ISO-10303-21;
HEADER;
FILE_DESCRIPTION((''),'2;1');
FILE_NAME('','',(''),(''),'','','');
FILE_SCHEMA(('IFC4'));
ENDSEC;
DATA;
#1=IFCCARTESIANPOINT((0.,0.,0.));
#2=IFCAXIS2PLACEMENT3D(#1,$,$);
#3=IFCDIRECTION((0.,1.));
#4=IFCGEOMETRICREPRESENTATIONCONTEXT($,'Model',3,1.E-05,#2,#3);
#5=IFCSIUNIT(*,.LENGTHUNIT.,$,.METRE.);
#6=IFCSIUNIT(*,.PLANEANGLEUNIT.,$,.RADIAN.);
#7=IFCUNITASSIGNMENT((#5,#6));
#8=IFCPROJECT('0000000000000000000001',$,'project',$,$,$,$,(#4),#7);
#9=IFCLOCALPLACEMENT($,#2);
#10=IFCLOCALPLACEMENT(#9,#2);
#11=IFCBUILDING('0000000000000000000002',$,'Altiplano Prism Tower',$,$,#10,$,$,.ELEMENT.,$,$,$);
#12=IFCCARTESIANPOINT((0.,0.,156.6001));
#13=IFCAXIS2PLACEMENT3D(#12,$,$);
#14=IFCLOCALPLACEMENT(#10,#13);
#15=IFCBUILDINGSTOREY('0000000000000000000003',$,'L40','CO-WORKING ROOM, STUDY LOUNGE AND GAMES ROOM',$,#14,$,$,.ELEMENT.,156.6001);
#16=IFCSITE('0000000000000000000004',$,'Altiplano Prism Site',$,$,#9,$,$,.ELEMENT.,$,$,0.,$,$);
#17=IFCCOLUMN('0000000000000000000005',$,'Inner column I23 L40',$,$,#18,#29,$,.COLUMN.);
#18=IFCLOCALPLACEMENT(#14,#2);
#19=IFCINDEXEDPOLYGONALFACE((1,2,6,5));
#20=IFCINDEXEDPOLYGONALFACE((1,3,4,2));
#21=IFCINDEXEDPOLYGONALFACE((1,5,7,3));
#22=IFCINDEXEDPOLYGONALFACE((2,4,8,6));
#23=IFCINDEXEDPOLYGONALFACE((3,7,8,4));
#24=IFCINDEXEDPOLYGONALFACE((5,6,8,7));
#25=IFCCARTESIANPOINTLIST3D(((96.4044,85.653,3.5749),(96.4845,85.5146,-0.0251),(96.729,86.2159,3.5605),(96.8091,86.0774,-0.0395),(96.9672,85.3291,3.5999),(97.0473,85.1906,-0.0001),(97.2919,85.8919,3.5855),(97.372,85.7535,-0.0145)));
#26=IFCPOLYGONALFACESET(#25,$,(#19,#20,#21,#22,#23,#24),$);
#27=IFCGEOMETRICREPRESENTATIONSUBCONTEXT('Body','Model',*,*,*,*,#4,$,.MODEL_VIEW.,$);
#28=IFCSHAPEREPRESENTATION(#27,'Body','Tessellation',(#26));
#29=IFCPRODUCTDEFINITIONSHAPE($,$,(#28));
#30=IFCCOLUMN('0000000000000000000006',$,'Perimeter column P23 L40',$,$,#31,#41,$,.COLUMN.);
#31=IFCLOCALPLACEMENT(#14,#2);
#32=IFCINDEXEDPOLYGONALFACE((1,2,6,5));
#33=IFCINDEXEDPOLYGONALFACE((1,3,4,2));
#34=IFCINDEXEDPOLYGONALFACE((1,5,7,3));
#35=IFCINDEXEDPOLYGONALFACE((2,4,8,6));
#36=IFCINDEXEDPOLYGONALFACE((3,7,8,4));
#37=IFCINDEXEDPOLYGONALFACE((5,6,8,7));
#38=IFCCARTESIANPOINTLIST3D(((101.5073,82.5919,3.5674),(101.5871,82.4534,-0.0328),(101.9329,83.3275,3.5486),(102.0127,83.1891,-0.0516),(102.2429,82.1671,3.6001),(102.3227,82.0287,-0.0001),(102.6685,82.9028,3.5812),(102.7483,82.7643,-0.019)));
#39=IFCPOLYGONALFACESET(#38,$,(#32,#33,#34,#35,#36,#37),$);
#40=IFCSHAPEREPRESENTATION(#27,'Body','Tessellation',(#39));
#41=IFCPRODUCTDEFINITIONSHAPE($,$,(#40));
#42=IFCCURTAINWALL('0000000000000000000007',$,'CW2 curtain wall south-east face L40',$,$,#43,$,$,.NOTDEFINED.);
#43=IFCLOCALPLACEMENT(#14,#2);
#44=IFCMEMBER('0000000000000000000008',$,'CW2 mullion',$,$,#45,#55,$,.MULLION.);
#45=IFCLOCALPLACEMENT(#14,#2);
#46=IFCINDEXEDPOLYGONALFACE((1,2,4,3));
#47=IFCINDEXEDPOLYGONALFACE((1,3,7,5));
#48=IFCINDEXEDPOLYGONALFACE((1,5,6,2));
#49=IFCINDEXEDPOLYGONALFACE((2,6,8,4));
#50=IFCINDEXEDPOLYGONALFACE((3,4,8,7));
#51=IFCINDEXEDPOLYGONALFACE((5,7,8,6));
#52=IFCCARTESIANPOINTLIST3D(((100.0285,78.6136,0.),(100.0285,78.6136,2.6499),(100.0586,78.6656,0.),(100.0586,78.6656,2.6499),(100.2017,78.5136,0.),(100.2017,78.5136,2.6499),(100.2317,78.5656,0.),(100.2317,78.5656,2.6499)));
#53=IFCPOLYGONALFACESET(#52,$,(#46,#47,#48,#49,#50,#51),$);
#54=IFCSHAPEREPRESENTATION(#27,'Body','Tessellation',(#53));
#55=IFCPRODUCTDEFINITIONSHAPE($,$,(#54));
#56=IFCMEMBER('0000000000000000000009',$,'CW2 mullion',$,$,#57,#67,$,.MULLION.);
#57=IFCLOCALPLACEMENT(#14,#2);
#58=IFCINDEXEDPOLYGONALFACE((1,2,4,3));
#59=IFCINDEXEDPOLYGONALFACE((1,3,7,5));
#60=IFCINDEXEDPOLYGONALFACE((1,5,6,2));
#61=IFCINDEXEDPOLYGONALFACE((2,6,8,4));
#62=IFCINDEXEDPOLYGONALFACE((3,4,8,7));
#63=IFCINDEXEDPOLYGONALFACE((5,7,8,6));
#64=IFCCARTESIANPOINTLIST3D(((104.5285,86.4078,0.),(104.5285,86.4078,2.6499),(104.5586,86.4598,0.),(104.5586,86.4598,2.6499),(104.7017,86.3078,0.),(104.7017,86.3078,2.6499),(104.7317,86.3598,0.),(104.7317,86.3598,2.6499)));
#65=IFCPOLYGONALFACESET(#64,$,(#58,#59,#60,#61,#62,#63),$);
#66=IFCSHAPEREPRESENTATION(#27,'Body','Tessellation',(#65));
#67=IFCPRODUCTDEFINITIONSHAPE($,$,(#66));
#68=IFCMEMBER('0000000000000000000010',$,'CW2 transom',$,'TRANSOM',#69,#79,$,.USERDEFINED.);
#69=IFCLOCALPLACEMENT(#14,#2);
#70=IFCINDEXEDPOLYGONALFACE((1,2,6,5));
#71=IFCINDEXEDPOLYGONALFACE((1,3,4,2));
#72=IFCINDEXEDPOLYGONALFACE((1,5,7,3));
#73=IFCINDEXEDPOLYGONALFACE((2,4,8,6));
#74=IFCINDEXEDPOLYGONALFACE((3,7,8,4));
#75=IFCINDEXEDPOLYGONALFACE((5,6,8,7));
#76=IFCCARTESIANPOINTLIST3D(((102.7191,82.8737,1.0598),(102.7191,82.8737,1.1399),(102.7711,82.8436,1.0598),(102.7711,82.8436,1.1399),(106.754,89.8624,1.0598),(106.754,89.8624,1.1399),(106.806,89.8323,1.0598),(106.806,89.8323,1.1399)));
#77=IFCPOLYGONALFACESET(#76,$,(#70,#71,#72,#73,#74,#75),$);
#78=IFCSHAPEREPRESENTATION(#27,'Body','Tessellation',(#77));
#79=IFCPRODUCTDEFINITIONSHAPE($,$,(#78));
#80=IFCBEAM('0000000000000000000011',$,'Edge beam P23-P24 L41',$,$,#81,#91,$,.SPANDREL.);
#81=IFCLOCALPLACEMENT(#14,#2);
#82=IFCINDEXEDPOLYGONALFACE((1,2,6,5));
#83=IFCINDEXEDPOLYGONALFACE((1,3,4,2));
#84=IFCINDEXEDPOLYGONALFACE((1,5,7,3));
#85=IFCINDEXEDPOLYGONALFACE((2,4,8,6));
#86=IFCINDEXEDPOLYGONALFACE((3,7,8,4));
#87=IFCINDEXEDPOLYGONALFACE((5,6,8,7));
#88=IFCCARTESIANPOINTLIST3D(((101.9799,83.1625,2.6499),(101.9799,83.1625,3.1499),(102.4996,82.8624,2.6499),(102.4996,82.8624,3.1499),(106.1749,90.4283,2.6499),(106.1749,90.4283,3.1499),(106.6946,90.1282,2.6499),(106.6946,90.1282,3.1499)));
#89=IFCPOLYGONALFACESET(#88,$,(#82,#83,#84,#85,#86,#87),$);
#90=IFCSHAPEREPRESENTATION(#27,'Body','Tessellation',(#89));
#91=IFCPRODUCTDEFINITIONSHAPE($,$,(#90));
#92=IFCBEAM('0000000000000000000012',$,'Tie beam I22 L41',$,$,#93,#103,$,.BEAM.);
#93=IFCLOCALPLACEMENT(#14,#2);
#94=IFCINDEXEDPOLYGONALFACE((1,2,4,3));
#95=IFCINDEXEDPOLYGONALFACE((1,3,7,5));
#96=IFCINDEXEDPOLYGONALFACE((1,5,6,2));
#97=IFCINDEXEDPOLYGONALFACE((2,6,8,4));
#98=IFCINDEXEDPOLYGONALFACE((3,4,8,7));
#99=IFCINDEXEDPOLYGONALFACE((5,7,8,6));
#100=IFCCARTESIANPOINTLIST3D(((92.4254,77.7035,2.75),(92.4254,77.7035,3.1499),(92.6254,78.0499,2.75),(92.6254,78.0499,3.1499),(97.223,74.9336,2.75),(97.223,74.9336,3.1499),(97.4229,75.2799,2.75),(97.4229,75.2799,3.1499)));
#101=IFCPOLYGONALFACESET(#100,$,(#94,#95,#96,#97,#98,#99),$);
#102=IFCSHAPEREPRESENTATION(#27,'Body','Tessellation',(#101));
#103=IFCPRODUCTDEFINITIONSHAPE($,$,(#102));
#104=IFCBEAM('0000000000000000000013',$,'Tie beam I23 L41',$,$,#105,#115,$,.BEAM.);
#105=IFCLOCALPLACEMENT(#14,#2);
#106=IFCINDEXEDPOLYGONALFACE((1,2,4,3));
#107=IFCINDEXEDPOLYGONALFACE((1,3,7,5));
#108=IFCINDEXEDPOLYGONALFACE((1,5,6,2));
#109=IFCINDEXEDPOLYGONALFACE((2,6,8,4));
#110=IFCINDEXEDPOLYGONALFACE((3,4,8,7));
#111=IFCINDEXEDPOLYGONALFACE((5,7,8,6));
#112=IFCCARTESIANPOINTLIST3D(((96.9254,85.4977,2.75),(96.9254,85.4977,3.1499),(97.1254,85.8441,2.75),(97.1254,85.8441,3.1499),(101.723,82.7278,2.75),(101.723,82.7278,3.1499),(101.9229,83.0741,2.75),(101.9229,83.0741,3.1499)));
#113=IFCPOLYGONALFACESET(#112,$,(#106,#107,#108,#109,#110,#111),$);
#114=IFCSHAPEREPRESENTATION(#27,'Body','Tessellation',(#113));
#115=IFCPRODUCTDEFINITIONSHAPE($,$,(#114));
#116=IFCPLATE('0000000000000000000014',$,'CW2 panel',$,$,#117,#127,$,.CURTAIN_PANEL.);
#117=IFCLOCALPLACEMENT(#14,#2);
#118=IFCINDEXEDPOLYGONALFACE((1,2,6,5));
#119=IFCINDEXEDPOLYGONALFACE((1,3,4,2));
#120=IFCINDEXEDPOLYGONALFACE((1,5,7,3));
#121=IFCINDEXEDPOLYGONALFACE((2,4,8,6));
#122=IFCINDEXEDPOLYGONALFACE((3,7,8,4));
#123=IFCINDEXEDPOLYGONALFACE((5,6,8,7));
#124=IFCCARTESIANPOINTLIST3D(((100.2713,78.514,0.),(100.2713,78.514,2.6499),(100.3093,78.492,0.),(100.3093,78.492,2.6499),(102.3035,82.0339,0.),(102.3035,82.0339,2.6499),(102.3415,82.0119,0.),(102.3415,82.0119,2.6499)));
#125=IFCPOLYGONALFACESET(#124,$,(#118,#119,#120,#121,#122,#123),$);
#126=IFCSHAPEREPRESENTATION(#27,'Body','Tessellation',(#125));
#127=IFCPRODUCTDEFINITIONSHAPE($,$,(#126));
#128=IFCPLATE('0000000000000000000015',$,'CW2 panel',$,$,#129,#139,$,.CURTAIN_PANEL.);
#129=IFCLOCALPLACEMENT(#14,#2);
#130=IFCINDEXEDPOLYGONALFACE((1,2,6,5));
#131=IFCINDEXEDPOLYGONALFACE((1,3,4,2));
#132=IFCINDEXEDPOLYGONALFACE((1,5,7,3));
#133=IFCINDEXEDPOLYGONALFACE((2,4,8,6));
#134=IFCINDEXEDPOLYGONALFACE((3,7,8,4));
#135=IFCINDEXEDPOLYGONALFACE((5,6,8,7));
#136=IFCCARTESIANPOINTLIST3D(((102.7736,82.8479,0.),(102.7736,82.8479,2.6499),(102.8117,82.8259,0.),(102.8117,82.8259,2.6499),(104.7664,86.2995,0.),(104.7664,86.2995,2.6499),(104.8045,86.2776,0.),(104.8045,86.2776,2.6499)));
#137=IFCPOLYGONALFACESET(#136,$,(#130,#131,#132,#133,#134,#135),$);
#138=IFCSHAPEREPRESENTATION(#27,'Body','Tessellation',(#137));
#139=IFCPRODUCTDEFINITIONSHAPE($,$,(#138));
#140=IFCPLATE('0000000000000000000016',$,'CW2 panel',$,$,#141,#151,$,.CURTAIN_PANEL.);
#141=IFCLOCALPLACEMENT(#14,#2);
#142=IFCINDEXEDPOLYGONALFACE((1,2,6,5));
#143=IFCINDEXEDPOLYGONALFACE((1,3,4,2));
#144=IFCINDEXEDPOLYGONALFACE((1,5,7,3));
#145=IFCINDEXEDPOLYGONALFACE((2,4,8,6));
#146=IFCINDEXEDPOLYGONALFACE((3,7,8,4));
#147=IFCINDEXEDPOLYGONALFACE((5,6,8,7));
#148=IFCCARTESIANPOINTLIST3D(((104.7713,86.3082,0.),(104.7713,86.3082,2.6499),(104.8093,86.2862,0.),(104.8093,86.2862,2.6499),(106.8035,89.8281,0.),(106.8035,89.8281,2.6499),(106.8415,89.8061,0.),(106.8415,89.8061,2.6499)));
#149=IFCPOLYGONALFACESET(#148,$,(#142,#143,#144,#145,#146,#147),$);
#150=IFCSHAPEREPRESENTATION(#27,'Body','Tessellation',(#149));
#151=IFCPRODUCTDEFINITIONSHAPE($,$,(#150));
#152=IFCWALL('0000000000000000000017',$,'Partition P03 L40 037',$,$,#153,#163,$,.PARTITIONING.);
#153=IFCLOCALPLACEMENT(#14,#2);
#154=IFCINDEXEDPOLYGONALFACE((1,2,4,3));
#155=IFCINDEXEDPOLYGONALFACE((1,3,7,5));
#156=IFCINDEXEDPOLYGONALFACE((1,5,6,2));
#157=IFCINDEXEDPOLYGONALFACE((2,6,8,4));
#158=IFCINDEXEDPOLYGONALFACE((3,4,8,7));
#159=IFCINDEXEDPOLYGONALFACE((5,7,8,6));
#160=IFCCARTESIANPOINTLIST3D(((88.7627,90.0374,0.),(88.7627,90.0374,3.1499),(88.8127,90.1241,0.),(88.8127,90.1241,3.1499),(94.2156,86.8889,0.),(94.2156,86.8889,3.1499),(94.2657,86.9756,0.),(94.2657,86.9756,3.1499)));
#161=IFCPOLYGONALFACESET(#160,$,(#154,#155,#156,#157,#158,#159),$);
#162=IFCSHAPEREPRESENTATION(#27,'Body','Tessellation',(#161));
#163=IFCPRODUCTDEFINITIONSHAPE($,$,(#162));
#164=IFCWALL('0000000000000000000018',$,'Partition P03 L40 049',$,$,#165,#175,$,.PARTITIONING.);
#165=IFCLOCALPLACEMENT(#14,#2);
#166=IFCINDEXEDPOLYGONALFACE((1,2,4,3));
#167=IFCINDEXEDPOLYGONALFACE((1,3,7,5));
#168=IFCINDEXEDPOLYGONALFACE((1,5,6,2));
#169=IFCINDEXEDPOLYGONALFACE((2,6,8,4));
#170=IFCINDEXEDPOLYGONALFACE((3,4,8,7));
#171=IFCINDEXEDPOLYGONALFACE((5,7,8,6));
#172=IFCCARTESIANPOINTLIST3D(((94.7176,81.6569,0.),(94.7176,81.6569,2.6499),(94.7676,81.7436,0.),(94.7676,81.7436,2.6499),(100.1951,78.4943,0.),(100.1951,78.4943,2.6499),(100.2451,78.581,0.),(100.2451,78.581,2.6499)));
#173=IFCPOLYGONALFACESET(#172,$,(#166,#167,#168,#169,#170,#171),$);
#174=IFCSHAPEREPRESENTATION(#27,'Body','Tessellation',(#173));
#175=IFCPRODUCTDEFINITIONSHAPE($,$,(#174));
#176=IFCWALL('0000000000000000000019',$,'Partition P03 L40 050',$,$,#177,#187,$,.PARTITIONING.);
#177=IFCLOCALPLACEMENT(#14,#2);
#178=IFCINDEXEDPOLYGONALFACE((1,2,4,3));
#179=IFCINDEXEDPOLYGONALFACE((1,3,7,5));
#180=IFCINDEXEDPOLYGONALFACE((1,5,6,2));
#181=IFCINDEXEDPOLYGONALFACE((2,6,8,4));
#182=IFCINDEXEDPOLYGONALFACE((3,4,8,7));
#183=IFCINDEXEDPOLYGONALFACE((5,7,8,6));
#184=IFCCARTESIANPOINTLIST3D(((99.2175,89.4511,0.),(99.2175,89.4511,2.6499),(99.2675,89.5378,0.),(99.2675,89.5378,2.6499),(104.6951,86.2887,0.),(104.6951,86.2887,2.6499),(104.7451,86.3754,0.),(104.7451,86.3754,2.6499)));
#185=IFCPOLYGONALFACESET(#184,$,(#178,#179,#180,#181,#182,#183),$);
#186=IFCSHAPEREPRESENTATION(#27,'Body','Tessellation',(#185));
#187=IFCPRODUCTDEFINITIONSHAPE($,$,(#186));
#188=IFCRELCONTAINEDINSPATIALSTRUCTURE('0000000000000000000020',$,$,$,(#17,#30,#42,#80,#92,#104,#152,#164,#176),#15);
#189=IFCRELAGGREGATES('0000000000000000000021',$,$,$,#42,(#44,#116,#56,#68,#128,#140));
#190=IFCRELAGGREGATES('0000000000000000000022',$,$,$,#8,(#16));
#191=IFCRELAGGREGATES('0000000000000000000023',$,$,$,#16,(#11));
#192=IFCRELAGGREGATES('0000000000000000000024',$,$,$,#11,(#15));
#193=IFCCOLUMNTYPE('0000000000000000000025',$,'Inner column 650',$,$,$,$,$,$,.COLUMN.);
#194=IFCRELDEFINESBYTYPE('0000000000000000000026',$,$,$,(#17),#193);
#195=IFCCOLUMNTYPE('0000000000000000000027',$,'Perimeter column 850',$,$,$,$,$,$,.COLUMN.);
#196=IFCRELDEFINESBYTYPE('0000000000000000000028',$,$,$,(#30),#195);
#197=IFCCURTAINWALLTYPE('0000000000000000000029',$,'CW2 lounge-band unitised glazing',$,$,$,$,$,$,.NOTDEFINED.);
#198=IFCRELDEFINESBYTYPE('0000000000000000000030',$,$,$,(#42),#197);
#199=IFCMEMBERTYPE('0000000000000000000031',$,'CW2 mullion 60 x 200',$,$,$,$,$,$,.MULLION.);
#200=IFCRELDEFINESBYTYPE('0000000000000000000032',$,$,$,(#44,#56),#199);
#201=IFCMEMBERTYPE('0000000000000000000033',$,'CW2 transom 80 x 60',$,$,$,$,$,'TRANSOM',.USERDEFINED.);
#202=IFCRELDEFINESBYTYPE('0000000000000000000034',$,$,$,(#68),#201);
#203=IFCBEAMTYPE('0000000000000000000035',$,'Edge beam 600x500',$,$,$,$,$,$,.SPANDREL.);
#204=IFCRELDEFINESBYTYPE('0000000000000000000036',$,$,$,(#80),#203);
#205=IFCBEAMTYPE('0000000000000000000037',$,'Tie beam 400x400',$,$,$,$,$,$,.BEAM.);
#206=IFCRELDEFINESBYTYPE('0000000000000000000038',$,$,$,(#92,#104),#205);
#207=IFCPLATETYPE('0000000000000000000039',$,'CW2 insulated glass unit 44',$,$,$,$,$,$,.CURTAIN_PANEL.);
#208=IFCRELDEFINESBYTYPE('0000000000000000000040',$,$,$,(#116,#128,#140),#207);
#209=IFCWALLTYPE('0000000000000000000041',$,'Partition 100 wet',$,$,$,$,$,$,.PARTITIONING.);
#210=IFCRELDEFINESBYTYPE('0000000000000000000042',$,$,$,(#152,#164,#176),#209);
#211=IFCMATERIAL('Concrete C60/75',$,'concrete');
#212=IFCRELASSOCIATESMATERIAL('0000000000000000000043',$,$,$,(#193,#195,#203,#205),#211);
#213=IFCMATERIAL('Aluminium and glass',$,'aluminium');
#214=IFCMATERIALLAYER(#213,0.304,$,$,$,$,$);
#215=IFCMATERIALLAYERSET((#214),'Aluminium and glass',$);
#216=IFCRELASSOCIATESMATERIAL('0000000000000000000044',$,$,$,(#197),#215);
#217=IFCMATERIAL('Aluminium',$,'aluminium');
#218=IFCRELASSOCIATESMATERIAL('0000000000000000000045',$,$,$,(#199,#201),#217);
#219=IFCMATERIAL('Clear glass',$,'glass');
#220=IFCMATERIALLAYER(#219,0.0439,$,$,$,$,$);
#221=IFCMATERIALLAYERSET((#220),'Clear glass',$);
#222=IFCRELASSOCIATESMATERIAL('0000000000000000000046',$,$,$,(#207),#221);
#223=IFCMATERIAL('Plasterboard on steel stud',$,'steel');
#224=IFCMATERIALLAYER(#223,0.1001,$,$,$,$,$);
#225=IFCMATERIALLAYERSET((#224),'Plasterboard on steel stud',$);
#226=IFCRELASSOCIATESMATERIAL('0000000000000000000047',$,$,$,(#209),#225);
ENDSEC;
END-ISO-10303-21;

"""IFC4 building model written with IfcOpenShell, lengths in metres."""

from ifc_helpers import new_model, si_unit, direction, frame, frame_2d, origin, origin_2d, place, context, subcontext, project, spatial, rectangle, extrude, material, layer, layer_set, material_profile, profile_set, type_object, element, aggregate, save


model = new_model("IFC4")

# Units and contexts
model_context = context("Model", 3, precision=1e-05, world=origin(), true_north=direction((0.0, 1.0)))
body_context = subcontext(model_context, "Body", "Model", "MODEL_VIEW")
ifc_project = project(units=[si_unit("LENGTHUNIT", "METRE"), si_unit("PLANEANGLEUNIT", "RADIAN")], contexts=[model_context])

# Site, building, storey
site_placement = place(None, origin())
site = spatial("IfcSite", under=ifc_project, at=site_placement, Name="Altiplano Prism Site", CompositionType="ELEMENT", RefElevation=0.0)
building_placement = place(site_placement, origin())
building = spatial("IfcBuilding", under=site, at=building_placement, Name="Altiplano Prism Tower", CompositionType="ELEMENT")
storey_placement = place(building_placement, frame((0.0, 0.0, 156.6001)))
storey = spatial("IfcBuildingStorey", under=building, at=storey_placement, Name="L40", Description="CO-WORKING ROOM, STUDY LOUNGE AND GAMES ROOM", CompositionType="ELEMENT", Elevation=156.6001)

# Columns
ifc_material_1 = material(Name="Concrete C60/75", Category="concrete")
ifc_material_profile_1 = material_profile(ifc_material_1, rectangle(XDim=0.6499, YDim=0.6499, at=origin_2d()), Name="Inner column 650")
ifc_profile_set_1 = profile_set([ifc_material_profile_1], Name="Concrete C60/75")
column_type_1 = type_object("IfcColumnType", Name="Inner column 650", PredefinedType="COLUMN", material=ifc_profile_set_1)
column_1_placement = place(storey_placement, frame((96.9282, 85.634, -0.0198), z_axis=(-0.022223, 0.038416, 0.999015), x_axis=(-0.499508, -0.866025, 0.02219)))
element("IfcColumn", 1, at=column_1_placement, inside=storey, type_object=column_type_1, Name="Inner column I23 L40", PredefinedType="COLUMN", context=body_context, shape_type="SweptSolid", body=[
    extrude(rectangle(XDim=0.6499, YDim=0.6499, at=origin_2d()), origin(), (0.0, 0.0, 1.0), 3.6035),
])
ifc_material_profile_2 = material_profile(ifc_material_1, rectangle(XDim=0.8501, YDim=0.8501, at=origin_2d()), Name="Perimeter column 850")
ifc_profile_set_2 = profile_set([ifc_material_profile_2], Name="Concrete C60/75")
column_type_2 = type_object("IfcColumnType", Name="Perimeter column 850", PredefinedType="COLUMN", material=ifc_profile_set_2)
column_2_placement = place(storey_placement, frame((102.1677, 82.6089, -0.0259), z_axis=(-0.022154, 0.038413, 0.999016), x_axis=(-0.500653, -0.865364, 0.022172)))
element("IfcColumn", 2, at=column_2_placement, inside=storey, type_object=column_type_2, Name="Perimeter column P23 L40", PredefinedType="COLUMN", context=body_context, shape_type="SweptSolid", body=[
    extrude(rectangle(XDim=0.8501, YDim=0.8501, at=origin_2d()), origin(), (0.0, 0.0, 1.0), 3.6038),
])

# Curtain wall, members
ifc_material_2 = material(Name="Aluminium and glass", Category="aluminium")
ifc_layer_1 = layer(ifc_material_2, 0.304)
ifc_layer_set_1 = layer_set([ifc_layer_1], Name="Aluminium and glass")
curtain_wall_type = type_object("IfcCurtainWallType", Name="CW2 lounge-band unitised glazing", PredefinedType="NOTDEFINED", material=ifc_layer_set_1)
curtain_wall_placement = place(storey_placement, origin())
curtain_wall = element("IfcCurtainWall", 3, at=curtain_wall_placement, inside=storey, type_object=curtain_wall_type, Name="CW2 curtain wall south-east face L40", PredefinedType="NOTDEFINED")
ifc_material_3 = material(Name="Aluminium", Category="aluminium")
ifc_material_profile_3 = material_profile(ifc_material_3, rectangle(XDim=0.2, YDim=0.0601, at=origin_2d()), Name="CW2 mullion 60 x 200")
ifc_profile_set_3 = profile_set([ifc_material_profile_3], Name="Aluminium")
member_type_1 = type_object("IfcMemberType", Name="CW2 mullion 60 x 200", PredefinedType="MULLION", material=ifc_profile_set_3)
member_1_placement = place(storey_placement, frame((100.1301, 78.5896, 0.0), z_axis=(0.0, 0.0, 1.0), x_axis=(-0.866025, 0.5, 0.0)))
member_1 = element("IfcMember", 4, at=member_1_placement, type_object=member_type_1, Name="CW2 mullion", PredefinedType="MULLION", context=body_context, shape_type="SweptSolid", body=[
    extrude(rectangle(XDim=0.2, YDim=0.0601, at=origin_2d()), origin(), (0.0, 0.0, 1.0), 2.6499),
])
member_2_placement = place(storey_placement, frame((104.6301, 86.3838, 0.0), z_axis=(0.0, 0.0, 1.0), x_axis=(-0.866025, 0.5, 0.0)))
member_2 = element("IfcMember", 5, at=member_2_placement, type_object=member_type_1, Name="CW2 mullion", PredefinedType="MULLION", context=body_context, shape_type="SweptSolid", body=[
    extrude(rectangle(XDim=0.2, YDim=0.0601, at=origin_2d()), origin(), (0.0, 0.0, 1.0), 2.6499),
])
ifc_material_profile_4 = material_profile(ifc_material_3, rectangle(XDim=0.0601, YDim=0.0801, at=origin_2d()), Name="CW2 transom 80 x 60")
ifc_profile_set_4 = profile_set([ifc_material_profile_4], Name="Aluminium")
member_type_2 = type_object("IfcMemberType", Name="CW2 transom 80 x 60", ElementType="TRANSOM", PredefinedType="USERDEFINED", material=ifc_profile_set_4)
member_3_placement = place(storey_placement, frame((102.7451, 82.8586, 1.0999), z_axis=(0.499995, 0.866028, 0.0), x_axis=(-0.866028, 0.499995, 0.0)))
member_3 = element("IfcMember", 6, at=member_3_placement, type_object=member_type_2, Name="CW2 transom", ObjectType="TRANSOM", PredefinedType="USERDEFINED", context=body_context, shape_type="SweptSolid", body=[
    extrude(rectangle(XDim=0.0601, YDim=0.0801, at=origin_2d()), origin(), (0.0, 0.0, 1.0), 8.0698),
])

# Beams
ifc_material_profile_5 = material_profile(ifc_material_1, rectangle(XDim=0.6001, YDim=0.5, at=origin_2d()), Name="Edge beam 600x500")
ifc_profile_set_5 = profile_set([ifc_material_profile_5], Name="Concrete C60/75")
beam_type_1 = type_object("IfcBeamType", Name="Edge beam 600x500", PredefinedType="SPANDREL", material=ifc_profile_set_5)
beam_placement = place(storey_placement, frame((102.2397, 83.0125, 2.8999), z_axis=(0.50001, 0.866019, 0.0), x_axis=(-0.866019, 0.50001, 0.0)))
element("IfcBeam", 7, at=beam_placement, inside=storey, type_object=beam_type_1, Name="Edge beam P23-P24 L41", PredefinedType="SPANDREL", context=body_context, shape_type="SweptSolid", body=[
    extrude(rectangle(XDim=0.6001, YDim=0.5, at=origin_2d()), origin(), (0.0, 0.0, 1.0), 8.3899),
])
ifc_material_profile_6 = material_profile(ifc_material_1, rectangle(XDim=0.3999, YDim=0.3999, at=origin_2d()), Name="Tie beam 400x400")
ifc_profile_set_6 = profile_set([ifc_material_profile_6], Name="Concrete C60/75")
beam_type_2 = type_object("IfcBeamType", Name="Tie beam 400x400", PredefinedType="BEAM", material=ifc_profile_set_6)
for number, where, z_axis, x_axis, name in (
    (8, (92.5254, 77.8767, 2.95), (0.866016, -0.500016, 0.0), (0.500016, 0.866016, 0.0), "Tie beam I22 L41"),
    (9, (97.0254, 85.6709, 2.95), (0.866016, -0.500016, 0.0), (0.500016, 0.866016, 0.0), "Tie beam I23 L41"),
):
    element("IfcBeam", number, at=place(storey_placement, frame(where, z_axis=z_axis, x_axis=x_axis)), inside=storey, type_object=beam_type_2, Name=name, PredefinedType="BEAM", context=body_context, shape_type="SweptSolid", body=[
        extrude(rectangle(XDim=0.3999, YDim=0.3999, at=origin_2d()), origin(), (0.0, 0.0, 1.0), 5.5398),
    ])

# Plates
ifc_material_4 = material(Name="Clear glass", Category="glass")
ifc_layer_2 = layer(ifc_material_4, 0.0439)
ifc_layer_set_2 = layer_set([ifc_layer_2], Name="Clear glass")
plate_type = type_object("IfcPlateType", Name="CW2 insulated glass unit 44", PredefinedType="CURTAIN_PANEL", material=ifc_layer_set_2)
plate_1_placement = place(storey_placement, frame((101.3064, 80.2629, 0.0), z_axis=(0.0, 0.0, 1.0), x_axis=(0.5, 0.866025, 0.0)))
plate_1 = element("IfcPlate", 10, at=plate_1_placement, type_object=plate_type, Name="CW2 panel", PredefinedType="CURTAIN_PANEL", context=body_context, shape_type="SweptSolid", body=[
    extrude(rectangle(XDim=4.0645, YDim=0.0439, at=origin_2d()), origin(), (0.0, 0.0, 1.0), 2.6499),
])
plate_2_placement = place(storey_placement, frame((103.7891, 84.5627, 0.0), z_axis=(0.0, 0.0, 1.0), x_axis=(0.5, 0.866025, 0.0)))
plate_2 = element("IfcPlate", 11, at=plate_2_placement, type_object=plate_type, Name="CW2 panel", PredefinedType="CURTAIN_PANEL", context=body_context, shape_type="SweptSolid", body=[
    extrude(rectangle(XDim=3.9856, YDim=0.0439, at=origin_2d()), origin(), (0.0, 0.0, 1.0), 2.6499),
])
plate_3_placement = place(storey_placement, frame((105.8064, 88.0571, 0.0), z_axis=(0.0, 0.0, 1.0), x_axis=(0.5, 0.866025, 0.0)))
plate_3 = element("IfcPlate", 12, at=plate_3_placement, type_object=plate_type, Name="CW2 panel", PredefinedType="CURTAIN_PANEL", context=body_context, shape_type="SweptSolid", body=[
    extrude(rectangle(XDim=4.0645, YDim=0.0439, at=origin_2d()), origin(), (0.0, 0.0, 1.0), 2.6499),
])
aggregate(curtain_wall, [member_1, plate_1, member_2, member_3, plate_2, plate_3])

# Walls
ifc_material_5 = material(Name="Plasterboard on steel stud", Category="steel")
ifc_layer_3 = layer(ifc_material_5, 0.1001)
ifc_layer_set_3 = layer_set([ifc_layer_3], Name="Plasterboard on steel stud")
wall_type_1 = type_object("IfcWallType", Name="Partition 100 wet", PredefinedType="PARTITIONING", material=ifc_layer_set_3)
wall_1_placement = place(storey_placement, frame((88.7876, 90.0808, 0.0), z_axis=(0.0, 0.0, 1.0), x_axis=(0.866011, -0.500026, 0.0)))
element("IfcWall", 13, at=wall_1_placement, inside=storey, type_object=wall_type_1, Name="Partition P03 L40 037", PredefinedType="PARTITIONING", context=body_context, shape_type="SweptSolid", body=[
    extrude(rectangle(XDim=6.2966, YDim=0.1001, at=frame_2d((3.1484, 0.0))), origin(), (0.0, 0.0, 1.0), 3.1499),
])
for number, where, z_axis, x_axis, name in (
    (14, (100.2202, 78.5376, 0.0), (0.0, 0.0, 1.0), (-0.866016, 0.500016, 0.0), "Partition P03 L40 049"),
    (15, (104.7202, 86.332, 0.0), (0.0, 0.0, 1.0), (-0.866033, 0.499988, 0.0), "Partition P03 L40 050"),
):
    element("IfcWall", number, at=place(storey_placement, frame(where, z_axis=z_axis, x_axis=x_axis)), inside=storey, type_object=wall_type_1, Name=name, PredefinedType="PARTITIONING", context=body_context, shape_type="SweptSolid", body=[
        extrude(rectangle(XDim=6.325, YDim=0.1001, at=frame_2d((3.1626, 0.0))), origin(), (0.0, 0.0, 1.0), 2.6499),
    ])

save(model, "model.ifc")
